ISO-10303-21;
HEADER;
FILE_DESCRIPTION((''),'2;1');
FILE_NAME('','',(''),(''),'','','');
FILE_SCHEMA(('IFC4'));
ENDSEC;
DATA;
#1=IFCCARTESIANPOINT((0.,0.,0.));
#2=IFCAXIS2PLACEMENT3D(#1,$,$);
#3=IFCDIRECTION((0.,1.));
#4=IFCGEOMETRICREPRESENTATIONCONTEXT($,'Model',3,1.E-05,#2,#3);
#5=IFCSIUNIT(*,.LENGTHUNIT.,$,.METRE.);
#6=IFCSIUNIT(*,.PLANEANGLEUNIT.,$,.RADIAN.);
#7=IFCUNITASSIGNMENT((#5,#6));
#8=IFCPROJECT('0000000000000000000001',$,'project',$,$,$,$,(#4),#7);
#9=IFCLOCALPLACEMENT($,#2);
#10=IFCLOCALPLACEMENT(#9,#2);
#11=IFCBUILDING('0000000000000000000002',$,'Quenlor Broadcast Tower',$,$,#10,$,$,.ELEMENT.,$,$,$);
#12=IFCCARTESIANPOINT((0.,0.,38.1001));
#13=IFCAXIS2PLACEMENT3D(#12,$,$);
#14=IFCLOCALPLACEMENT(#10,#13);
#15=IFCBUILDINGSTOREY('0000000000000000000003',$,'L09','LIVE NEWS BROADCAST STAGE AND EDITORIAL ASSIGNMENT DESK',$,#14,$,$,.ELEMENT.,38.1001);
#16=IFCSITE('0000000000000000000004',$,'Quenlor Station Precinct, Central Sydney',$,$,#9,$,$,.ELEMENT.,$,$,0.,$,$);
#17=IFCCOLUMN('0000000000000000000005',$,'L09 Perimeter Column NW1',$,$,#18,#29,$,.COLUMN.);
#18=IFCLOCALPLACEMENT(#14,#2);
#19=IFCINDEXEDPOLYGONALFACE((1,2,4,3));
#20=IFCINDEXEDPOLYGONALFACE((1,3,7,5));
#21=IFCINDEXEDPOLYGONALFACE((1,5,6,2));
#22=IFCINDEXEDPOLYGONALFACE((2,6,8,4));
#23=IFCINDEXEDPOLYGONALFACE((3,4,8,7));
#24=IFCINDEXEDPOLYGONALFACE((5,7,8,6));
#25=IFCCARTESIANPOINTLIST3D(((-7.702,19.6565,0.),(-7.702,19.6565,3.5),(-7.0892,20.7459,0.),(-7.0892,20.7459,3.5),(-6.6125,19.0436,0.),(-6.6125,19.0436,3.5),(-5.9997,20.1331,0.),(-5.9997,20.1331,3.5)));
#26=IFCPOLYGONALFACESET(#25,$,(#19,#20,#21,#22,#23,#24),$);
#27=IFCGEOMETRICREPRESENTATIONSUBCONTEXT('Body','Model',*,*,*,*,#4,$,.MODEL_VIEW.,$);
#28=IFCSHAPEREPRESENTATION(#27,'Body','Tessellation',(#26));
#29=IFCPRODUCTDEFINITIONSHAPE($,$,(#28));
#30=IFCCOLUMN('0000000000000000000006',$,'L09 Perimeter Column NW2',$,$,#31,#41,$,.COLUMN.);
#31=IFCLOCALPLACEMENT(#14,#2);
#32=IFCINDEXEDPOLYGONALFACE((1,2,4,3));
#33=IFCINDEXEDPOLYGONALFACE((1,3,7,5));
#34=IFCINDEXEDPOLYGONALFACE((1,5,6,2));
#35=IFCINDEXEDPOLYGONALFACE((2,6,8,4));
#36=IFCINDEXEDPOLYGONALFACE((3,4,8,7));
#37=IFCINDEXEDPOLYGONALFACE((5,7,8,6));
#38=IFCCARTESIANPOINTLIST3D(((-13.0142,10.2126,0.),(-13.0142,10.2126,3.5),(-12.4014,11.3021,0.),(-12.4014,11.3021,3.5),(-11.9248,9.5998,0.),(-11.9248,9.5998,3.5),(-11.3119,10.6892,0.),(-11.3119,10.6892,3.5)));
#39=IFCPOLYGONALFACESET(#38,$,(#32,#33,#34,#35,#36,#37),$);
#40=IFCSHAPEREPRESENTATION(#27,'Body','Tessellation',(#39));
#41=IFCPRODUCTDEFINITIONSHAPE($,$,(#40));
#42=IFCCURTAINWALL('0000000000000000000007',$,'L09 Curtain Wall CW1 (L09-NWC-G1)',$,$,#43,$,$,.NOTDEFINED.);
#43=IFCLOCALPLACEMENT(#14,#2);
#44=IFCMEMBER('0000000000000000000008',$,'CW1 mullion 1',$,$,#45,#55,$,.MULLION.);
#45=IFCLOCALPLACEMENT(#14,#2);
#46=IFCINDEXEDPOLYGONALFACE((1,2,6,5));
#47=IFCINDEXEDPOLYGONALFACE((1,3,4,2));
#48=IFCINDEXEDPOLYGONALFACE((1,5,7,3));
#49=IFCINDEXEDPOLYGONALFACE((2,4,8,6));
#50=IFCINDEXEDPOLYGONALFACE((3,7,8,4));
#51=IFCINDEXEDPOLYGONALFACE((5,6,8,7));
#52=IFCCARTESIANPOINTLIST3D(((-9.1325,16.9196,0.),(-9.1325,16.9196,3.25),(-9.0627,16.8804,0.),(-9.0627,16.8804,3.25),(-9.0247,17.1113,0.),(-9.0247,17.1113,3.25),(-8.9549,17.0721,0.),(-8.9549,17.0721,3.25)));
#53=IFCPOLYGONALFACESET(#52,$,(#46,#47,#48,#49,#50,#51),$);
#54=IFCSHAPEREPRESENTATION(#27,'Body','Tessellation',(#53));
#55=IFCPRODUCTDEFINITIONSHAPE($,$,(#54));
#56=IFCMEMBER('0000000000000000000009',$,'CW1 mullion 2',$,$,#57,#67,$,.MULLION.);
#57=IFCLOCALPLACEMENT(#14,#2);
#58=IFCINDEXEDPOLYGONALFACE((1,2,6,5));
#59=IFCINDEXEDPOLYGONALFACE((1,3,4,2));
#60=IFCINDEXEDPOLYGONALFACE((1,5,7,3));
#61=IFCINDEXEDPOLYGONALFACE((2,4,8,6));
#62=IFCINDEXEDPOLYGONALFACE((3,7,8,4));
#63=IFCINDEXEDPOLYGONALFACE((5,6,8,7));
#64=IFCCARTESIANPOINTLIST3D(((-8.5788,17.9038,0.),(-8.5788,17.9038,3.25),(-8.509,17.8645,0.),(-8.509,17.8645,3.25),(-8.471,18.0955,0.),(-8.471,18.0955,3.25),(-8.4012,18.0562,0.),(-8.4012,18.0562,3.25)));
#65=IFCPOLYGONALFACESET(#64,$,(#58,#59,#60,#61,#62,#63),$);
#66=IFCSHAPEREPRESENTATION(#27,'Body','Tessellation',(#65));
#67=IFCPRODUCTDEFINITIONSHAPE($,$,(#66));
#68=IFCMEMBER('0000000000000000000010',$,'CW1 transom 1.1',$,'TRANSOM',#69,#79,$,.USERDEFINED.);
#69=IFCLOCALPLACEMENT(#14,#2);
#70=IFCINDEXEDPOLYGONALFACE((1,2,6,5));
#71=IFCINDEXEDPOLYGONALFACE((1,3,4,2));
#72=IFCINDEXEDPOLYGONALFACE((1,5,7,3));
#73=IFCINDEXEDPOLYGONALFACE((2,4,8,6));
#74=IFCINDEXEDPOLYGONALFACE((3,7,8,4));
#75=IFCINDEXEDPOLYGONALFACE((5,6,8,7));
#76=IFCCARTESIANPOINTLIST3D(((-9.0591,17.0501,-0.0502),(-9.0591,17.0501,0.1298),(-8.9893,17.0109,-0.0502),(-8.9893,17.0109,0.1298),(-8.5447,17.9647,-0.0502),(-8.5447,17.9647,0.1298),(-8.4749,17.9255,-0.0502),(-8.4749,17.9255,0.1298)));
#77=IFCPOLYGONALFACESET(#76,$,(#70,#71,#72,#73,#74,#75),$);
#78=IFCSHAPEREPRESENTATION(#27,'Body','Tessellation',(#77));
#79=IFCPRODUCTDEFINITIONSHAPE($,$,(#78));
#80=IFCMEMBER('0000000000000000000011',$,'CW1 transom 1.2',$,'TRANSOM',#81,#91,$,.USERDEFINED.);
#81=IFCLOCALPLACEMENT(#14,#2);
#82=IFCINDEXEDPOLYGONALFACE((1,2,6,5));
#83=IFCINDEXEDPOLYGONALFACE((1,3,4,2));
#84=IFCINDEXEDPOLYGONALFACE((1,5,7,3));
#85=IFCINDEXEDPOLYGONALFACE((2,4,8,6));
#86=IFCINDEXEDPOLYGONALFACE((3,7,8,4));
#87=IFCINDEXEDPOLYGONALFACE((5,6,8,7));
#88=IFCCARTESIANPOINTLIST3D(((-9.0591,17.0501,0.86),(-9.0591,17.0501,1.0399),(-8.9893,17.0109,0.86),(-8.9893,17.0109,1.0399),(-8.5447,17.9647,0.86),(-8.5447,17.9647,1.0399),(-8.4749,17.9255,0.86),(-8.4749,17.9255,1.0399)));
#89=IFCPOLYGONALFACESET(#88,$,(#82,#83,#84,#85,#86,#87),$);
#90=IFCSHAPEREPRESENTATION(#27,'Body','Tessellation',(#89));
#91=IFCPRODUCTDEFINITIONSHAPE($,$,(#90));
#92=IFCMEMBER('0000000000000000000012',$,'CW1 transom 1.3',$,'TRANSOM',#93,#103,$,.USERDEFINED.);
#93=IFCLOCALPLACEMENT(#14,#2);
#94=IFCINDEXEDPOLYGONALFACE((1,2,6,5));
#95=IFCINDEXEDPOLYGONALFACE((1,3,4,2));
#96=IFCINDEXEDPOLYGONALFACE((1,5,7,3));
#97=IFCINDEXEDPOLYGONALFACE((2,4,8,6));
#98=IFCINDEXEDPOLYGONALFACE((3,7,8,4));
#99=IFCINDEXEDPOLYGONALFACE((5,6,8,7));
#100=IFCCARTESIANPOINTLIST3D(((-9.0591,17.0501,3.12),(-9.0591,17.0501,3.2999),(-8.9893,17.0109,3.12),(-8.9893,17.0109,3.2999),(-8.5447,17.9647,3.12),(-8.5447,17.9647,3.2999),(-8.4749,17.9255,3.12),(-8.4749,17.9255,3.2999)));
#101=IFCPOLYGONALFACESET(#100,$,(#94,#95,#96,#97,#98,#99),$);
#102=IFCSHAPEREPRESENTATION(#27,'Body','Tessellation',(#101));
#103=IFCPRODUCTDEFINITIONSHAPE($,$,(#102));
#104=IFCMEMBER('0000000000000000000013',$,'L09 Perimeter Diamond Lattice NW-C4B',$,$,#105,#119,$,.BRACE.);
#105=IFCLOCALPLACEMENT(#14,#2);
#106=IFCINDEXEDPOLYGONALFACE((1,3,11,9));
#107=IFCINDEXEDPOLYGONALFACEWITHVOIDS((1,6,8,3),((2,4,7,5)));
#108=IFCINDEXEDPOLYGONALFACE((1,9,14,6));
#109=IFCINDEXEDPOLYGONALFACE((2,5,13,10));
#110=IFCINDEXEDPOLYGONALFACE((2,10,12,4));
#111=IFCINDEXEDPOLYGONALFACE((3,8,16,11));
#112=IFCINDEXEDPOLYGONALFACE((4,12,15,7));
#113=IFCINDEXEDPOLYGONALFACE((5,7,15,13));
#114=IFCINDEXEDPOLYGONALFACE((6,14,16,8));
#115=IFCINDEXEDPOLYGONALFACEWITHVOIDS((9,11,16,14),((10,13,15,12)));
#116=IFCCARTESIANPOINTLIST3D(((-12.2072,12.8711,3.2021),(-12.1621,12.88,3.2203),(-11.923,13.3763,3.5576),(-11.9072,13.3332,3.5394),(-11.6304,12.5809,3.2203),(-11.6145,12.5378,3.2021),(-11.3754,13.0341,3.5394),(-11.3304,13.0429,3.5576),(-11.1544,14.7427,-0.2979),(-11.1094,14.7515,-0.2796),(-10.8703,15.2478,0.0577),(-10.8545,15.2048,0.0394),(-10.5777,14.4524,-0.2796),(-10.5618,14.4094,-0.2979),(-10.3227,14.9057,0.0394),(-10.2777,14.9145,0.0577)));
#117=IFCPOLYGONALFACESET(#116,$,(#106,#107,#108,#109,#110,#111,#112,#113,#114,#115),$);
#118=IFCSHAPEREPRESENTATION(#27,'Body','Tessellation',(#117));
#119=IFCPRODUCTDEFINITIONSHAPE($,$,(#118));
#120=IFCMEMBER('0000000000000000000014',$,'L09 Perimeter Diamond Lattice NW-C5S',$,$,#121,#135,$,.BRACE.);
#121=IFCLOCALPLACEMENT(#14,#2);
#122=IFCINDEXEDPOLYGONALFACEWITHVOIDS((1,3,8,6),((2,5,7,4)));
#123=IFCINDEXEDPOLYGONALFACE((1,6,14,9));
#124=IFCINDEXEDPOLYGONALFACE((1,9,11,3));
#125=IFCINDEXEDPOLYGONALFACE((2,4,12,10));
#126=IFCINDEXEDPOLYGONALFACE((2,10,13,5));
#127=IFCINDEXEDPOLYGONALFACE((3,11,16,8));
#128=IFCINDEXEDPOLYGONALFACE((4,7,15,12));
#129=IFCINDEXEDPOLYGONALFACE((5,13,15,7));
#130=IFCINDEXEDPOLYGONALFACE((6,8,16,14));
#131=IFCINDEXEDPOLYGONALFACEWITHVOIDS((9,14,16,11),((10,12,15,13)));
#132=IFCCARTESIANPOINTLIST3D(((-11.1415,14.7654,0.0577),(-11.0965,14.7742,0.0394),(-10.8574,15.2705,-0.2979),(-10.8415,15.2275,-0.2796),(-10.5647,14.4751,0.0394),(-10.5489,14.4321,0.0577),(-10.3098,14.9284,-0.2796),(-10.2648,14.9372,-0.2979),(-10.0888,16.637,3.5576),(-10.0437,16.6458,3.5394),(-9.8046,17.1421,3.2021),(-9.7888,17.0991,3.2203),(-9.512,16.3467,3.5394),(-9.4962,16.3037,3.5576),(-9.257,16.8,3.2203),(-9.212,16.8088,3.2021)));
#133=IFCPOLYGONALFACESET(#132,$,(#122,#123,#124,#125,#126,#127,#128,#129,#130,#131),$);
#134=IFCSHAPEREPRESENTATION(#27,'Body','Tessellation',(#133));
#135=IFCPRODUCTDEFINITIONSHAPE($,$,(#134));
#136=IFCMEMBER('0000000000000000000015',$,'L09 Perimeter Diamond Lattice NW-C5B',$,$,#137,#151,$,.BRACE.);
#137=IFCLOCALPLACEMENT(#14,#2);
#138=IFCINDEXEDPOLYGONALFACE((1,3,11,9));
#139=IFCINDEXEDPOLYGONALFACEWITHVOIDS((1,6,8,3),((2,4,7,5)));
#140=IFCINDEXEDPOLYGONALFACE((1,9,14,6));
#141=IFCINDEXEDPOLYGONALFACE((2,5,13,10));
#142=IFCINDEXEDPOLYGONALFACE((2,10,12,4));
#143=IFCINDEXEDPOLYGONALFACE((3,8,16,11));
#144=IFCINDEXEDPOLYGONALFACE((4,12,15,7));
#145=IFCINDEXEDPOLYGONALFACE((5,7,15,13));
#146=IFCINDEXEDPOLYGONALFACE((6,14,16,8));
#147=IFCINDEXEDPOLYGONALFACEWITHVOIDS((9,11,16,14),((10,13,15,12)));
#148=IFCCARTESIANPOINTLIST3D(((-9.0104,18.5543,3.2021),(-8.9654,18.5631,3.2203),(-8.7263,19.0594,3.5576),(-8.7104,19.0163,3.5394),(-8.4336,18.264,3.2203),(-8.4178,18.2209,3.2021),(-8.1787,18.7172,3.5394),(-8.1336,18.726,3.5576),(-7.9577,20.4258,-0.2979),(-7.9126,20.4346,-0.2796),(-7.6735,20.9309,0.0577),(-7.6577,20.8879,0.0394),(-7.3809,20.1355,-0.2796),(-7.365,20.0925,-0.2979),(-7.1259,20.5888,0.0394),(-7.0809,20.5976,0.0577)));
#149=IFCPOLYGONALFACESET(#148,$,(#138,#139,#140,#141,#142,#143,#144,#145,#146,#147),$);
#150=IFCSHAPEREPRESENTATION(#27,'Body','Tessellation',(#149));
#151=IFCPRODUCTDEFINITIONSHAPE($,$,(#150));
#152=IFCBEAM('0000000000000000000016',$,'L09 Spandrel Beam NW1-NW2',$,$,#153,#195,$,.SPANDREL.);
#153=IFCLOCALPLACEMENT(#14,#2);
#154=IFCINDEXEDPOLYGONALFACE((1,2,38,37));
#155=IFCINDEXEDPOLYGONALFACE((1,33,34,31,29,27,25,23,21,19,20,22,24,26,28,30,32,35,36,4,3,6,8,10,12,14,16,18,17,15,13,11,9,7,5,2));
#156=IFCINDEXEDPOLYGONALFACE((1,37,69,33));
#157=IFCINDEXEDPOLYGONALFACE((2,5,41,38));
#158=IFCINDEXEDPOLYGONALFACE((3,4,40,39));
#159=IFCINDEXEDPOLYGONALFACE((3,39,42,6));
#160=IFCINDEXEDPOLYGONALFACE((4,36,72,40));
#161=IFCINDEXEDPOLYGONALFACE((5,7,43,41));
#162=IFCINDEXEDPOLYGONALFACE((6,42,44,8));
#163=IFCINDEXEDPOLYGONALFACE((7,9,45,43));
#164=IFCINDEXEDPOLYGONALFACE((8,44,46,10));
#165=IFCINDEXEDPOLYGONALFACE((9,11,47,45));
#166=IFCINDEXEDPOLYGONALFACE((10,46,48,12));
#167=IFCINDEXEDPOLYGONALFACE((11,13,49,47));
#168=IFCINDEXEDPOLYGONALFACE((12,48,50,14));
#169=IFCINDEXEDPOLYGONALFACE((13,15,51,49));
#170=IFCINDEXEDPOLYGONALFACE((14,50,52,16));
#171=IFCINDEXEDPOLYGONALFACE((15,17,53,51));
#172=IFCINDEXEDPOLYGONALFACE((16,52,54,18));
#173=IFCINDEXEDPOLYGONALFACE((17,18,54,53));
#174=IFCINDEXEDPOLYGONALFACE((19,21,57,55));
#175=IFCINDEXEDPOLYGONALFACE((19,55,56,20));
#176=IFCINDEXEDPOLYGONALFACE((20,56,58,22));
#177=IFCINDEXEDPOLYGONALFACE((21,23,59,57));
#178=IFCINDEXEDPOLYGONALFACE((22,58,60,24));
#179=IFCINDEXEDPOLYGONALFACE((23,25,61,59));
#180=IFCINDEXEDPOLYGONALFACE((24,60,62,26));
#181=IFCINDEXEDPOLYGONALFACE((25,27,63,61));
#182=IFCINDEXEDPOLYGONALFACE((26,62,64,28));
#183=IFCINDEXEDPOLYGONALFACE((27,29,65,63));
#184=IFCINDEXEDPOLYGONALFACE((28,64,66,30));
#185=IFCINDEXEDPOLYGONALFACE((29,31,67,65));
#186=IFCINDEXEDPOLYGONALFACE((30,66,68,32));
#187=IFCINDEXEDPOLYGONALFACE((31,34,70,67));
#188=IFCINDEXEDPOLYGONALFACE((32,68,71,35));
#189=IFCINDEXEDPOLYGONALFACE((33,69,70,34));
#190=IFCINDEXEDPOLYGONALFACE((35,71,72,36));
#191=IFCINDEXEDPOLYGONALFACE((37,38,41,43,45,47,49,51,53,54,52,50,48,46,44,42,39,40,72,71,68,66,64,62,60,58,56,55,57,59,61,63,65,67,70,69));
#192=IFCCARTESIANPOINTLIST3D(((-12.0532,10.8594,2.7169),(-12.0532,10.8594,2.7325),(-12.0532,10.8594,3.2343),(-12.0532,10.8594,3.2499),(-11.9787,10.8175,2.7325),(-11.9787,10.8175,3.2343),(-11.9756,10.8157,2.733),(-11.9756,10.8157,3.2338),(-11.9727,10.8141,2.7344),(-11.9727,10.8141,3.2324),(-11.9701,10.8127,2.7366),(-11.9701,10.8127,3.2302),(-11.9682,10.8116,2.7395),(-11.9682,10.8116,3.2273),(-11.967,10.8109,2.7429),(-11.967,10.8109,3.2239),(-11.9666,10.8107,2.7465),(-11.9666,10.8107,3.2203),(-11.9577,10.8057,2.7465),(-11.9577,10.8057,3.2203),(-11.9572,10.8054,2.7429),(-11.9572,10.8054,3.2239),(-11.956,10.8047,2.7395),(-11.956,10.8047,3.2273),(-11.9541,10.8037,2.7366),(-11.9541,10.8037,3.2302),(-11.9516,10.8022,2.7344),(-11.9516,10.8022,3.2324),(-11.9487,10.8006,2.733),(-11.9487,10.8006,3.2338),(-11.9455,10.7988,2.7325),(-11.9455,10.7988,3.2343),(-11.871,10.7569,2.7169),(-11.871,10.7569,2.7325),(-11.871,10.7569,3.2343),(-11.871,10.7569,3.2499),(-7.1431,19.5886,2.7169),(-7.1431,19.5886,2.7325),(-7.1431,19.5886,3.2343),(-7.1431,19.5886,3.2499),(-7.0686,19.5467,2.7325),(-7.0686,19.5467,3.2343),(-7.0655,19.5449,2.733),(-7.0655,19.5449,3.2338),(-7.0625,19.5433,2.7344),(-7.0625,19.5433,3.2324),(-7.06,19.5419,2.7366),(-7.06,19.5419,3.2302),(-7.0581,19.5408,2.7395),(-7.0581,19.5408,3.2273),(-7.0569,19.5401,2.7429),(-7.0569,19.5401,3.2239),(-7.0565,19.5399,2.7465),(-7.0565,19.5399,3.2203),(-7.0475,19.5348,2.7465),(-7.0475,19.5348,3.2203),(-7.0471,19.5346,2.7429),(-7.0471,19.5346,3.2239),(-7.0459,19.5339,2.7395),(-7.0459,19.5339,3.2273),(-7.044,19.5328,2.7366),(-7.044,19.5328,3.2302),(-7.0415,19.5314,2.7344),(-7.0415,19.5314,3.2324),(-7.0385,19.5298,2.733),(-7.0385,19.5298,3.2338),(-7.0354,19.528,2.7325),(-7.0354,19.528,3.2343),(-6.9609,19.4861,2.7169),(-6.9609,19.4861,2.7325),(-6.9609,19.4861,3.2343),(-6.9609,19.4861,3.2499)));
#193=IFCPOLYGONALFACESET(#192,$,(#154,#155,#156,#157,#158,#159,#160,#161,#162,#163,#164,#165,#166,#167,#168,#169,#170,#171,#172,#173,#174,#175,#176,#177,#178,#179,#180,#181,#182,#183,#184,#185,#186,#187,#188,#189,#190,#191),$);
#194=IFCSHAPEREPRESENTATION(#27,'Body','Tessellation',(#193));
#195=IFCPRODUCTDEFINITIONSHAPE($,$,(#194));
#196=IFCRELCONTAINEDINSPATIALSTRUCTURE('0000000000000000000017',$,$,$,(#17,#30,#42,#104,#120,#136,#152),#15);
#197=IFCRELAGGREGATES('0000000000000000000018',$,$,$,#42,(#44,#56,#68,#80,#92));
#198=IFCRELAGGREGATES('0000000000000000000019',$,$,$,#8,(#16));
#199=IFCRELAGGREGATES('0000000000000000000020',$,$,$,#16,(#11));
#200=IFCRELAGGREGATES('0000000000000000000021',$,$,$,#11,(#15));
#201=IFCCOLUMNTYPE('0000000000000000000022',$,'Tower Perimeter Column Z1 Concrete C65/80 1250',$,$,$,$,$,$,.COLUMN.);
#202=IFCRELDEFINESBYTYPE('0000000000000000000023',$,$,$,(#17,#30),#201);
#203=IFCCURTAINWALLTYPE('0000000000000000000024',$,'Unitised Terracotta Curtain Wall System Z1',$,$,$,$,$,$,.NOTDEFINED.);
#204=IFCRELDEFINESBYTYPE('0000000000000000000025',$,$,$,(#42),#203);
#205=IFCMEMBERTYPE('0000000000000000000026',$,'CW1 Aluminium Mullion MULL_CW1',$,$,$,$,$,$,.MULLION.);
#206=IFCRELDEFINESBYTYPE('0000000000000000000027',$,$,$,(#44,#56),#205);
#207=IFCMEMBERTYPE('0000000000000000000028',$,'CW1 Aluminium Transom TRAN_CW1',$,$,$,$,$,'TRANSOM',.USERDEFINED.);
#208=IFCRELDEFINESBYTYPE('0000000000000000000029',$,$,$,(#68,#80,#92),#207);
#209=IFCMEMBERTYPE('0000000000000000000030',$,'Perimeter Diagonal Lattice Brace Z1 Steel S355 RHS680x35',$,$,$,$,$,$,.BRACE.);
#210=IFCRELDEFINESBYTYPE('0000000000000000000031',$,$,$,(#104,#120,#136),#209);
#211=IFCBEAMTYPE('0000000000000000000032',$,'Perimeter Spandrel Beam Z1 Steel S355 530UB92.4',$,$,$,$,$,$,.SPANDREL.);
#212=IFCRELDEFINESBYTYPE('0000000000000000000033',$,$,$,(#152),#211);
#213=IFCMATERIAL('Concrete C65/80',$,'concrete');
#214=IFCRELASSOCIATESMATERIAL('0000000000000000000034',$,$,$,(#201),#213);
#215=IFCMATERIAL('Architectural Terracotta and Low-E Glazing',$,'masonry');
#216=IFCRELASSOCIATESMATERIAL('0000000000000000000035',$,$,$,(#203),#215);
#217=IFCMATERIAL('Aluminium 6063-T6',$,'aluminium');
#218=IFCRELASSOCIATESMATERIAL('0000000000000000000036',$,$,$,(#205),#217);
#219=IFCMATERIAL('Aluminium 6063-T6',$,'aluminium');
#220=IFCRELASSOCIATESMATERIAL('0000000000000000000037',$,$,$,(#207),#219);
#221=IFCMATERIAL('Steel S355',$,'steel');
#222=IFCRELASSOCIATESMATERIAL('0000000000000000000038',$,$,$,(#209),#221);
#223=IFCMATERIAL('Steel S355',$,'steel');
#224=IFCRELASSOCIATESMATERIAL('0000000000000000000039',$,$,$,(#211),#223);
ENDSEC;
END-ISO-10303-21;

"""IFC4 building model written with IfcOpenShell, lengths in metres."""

from ifc_helpers import new_model, si_unit, direction, frame, origin, origin_2d, place, context, subcontext, project, spatial, rectangle, hollow_rectangle, i_section, extrude, material, material_profile, profile_set, type_object, element, aggregate, save


model = new_model("IFC4")

# Units and contexts
model_context = context("Model", 3, precision=1e-05, world=origin(), true_north=direction((0.0, 1.0)))
body_context = subcontext(model_context, "Body", "Model", "MODEL_VIEW")
ifc_project = project(units=[si_unit("LENGTHUNIT", "METRE"), si_unit("PLANEANGLEUNIT", "RADIAN")], contexts=[model_context])

# Site, building, storey
site_placement = place(None, origin())
site = spatial("IfcSite", under=ifc_project, at=site_placement, Name="Quenlor Station Precinct, Central Sydney", CompositionType="ELEMENT", RefElevation=0.0)
building_placement = place(site_placement, origin())
building = spatial("IfcBuilding", under=site, at=building_placement, Name="Quenlor Broadcast Tower", CompositionType="ELEMENT")
storey_placement = place(building_placement, frame((0.0, 0.0, 38.1001)))
storey = spatial("IfcBuildingStorey", under=building, at=storey_placement, Name="L09", Description="LIVE NEWS BROADCAST STAGE AND EDITORIAL ASSIGNMENT DESK", CompositionType="ELEMENT", Elevation=38.1001)

# Columns
ifc_material_1 = material(Name="Concrete C65/80", Category="concrete")
ifc_material_profile_1 = material_profile(ifc_material_1, rectangle(XDim=1.25, YDim=1.25, at=origin_2d()))
ifc_profile_set_1 = profile_set([ifc_material_profile_1], Name="Concrete C65/80 RC1250x1250")
column_type = type_object("IfcColumnType", Name="Tower Perimeter Column Z1 Concrete C65/80 1250", PredefinedType="COLUMN", material=ifc_profile_set_1)
for number, where, z_axis, x_axis, name in (
    (1, (-6.8508, 19.8948, 0.0), (0.0, 0.0, 1.0), (-0.871575, 0.490262, 0.0), "L09 Perimeter Column NW1"),
    (2, (-12.1631, 10.4509, 0.0), (0.0, 0.0, 1.0), (-0.871575, 0.490262, 0.0), "L09 Perimeter Column NW2"),
):
    element("IfcColumn", number, at=place(storey_placement, frame(where, z_axis=z_axis, x_axis=x_axis)), inside=storey, type_object=column_type, Name=name, PredefinedType="COLUMN", context=body_context, shape_type="SweptSolid", body=[
        extrude(rectangle(XDim=1.25, YDim=1.25, at=origin_2d()), origin(), (0.0, 0.0, 1.0), 3.5),
    ])

# Curtain wall, members
ifc_material_2 = material(Name="Architectural Terracotta and Low-E Glazing", Category="masonry")
curtain_wall_type = type_object("IfcCurtainWallType", Name="Unitised Terracotta Curtain Wall System Z1", PredefinedType="NOTDEFINED", material=ifc_material_2)
curtain_wall_placement = place(storey_placement, origin())
curtain_wall = element("IfcCurtainWall", 3, at=curtain_wall_placement, inside=storey, type_object=curtain_wall_type, Name="L09 Curtain Wall CW1 (L09-NWC-G1)", PredefinedType="NOTDEFINED")
ifc_material_3 = material(Name="Aluminium 6063-T6", Category="aluminium")
ifc_material_profile_2 = material_profile(ifc_material_3, rectangle(XDim=0.0801, YDim=0.22, at=origin_2d()))
ifc_profile_set_2 = profile_set([ifc_material_profile_2], Name="Aluminium 6063-T6 MULL80x220")
member_type_1 = type_object("IfcMemberType", Name="CW1 Aluminium Mullion MULL_CW1", PredefinedType="MULLION", material=ifc_profile_set_2)
member_1_placement = place(storey_placement, frame((-9.0437, 16.9958, 0.0), z_axis=(0.0, 0.0, 1.0), x_axis=(-0.871567, 0.490277, 0.0)))
member_1 = element("IfcMember", 4, at=member_1_placement, type_object=member_type_1, Name="CW1 mullion 1", PredefinedType="MULLION", context=body_context, shape_type="SweptSolid", body=[
    extrude(rectangle(XDim=0.0801, YDim=0.22, at=origin_2d()), origin(), (0.0, 0.0, 1.0), 3.25),
])
member_2_placement = place(storey_placement, frame((-8.49, 17.98, 0.0), z_axis=(0.0, 0.0, 1.0), x_axis=(-0.871567, 0.490277, 0.0)))
member_2 = element("IfcMember", 5, at=member_2_placement, type_object=member_type_1, Name="CW1 mullion 2", PredefinedType="MULLION", context=body_context, shape_type="SweptSolid", body=[
    extrude(rectangle(XDim=0.0801, YDim=0.22, at=origin_2d()), origin(), (0.0, 0.0, 1.0), 3.25),
])
ifc_material_4 = material(Name="Aluminium 6063-T6", Category="aluminium")
ifc_material_profile_3 = material_profile(ifc_material_4, rectangle(XDim=0.0801, YDim=0.1799, at=origin_2d()))
ifc_profile_set_3 = profile_set([ifc_material_profile_3], Name="Aluminium 6063-T6 TRAN80x180")
member_type_2 = type_object("IfcMemberType", Name="CW1 Aluminium Transom TRAN_CW1", ElementType="TRANSOM", PredefinedType="USERDEFINED", material=ifc_profile_set_3)
member_3_placement = place(storey_placement, frame((-9.0242, 17.0305, 0.0398), z_axis=(0.490239, 0.871588, 0.0), x_axis=(-0.871588, 0.490239, 0.0)))
member_3 = element("IfcMember", 6, at=member_3_placement, type_object=member_type_2, Name="CW1 transom 1.1", ObjectType="TRANSOM", PredefinedType="USERDEFINED", context=body_context, shape_type="SweptSolid", body=[
    extrude(rectangle(XDim=0.0801, YDim=0.1799, at=origin_2d()), origin(), (0.0, 0.0, 1.0), 1.0493),
])
member_4_placement = place(storey_placement, frame((-9.0242, 17.0305, 0.95), z_axis=(0.490239, 0.871588, 0.0), x_axis=(-0.871588, 0.490239, 0.0)))
member_4 = element("IfcMember", 7, at=member_4_placement, type_object=member_type_2, Name="CW1 transom 1.2", ObjectType="TRANSOM", PredefinedType="USERDEFINED", context=body_context, shape_type="SweptSolid", body=[
    extrude(rectangle(XDim=0.0801, YDim=0.1799, at=origin_2d()), origin(), (0.0, 0.0, 1.0), 1.0493),
])
member_5_placement = place(storey_placement, frame((-9.0242, 17.0305, 3.21), z_axis=(0.490239, 0.871588, 0.0), x_axis=(-0.871588, 0.490239, 0.0)))
member_5 = element("IfcMember", 8, at=member_5_placement, type_object=member_type_2, Name="CW1 transom 1.3", ObjectType="TRANSOM", PredefinedType="USERDEFINED", context=body_context, shape_type="SweptSolid", body=[
    extrude(rectangle(XDim=0.0801, YDim=0.1799, at=origin_2d()), origin(), (0.0, 0.0, 1.0), 1.0493),
])

# Members
ifc_material_5 = material(Name="Steel S355", Category="steel")
ifc_material_profile_4 = material_profile(ifc_material_5, hollow_rectangle(XDim=0.6799, YDim=0.6799, WallThickness=0.0349, at=origin_2d()))
ifc_profile_set_4 = profile_set([ifc_material_profile_4], Name="Steel S355 RHS680x680x35")
member_type_3 = type_object("IfcMemberType", Name="Perimeter Diagonal Lattice Brace Z1 Steel S355 RHS680x35", PredefinedType="BRACE", material=ifc_profile_set_4)
for number, where, z_axis, x_axis, name in (
    (9, (-10.7161, 14.8286, -0.1201), (-0.256375, -0.455792, 0.852365), (0.871582, -0.49025, 0.0), "L09 Perimeter Diamond Lattice NW-C4B"),
    (10, (-10.7031, 14.8513, -0.1201), (0.256375, 0.455792, 0.852365), (-0.871582, 0.49025, 0.0), "L09 Perimeter Diamond Lattice NW-C5S"),
    (11, (-7.5193, 20.5117, -0.1201), (-0.256375, -0.455792, 0.852365), (0.871582, -0.49025, 0.0), "L09 Perimeter Diamond Lattice NW-C5B"),
):
    element("IfcMember", number, at=place(storey_placement, frame(where, z_axis=z_axis, x_axis=x_axis)), inside=storey, type_object=member_type_3, Name=name, PredefinedType="BRACE", context=body_context, shape_type="SweptSolid", body=[
        extrude(hollow_rectangle(XDim=0.6799, YDim=0.6799, WallThickness=0.0349, at=origin_2d()), origin(), (0.0, 0.0, 1.0), 4.1062),
    ])

# Beam
ifc_material_6 = material(Name="Steel S355", Category="steel")
ifc_material_profile_5 = material_profile(ifc_material_6, i_section(OverallWidth=0.209, OverallDepth=0.533, WebThickness=0.0103, FlangeThickness=0.0156, FilletRadius=0.0139, at=origin_2d()))
ifc_profile_set_5 = profile_set([ifc_material_profile_5], Name="Steel S355 530UB92.4")
beam_type_1 = type_object("IfcBeamType", Name="Perimeter Spandrel Beam Z1 Steel S355 530UB92.4", PredefinedType="SPANDREL", material=ifc_profile_set_5)
beam_1_placement = place(storey_placement, frame((-7.052, 19.5374, 2.9834), z_axis=(-0.490258, -0.871577, 0.0), x_axis=(0.871577, -0.490258, 0.0)))
element("IfcBeam", 12, at=beam_1_placement, inside=storey, type_object=beam_type_1, Name="L09 Spandrel Beam NW1-NW2", PredefinedType="SPANDREL", context=body_context, shape_type="SweptSolid", body=[
    extrude(i_section(OverallWidth=0.209, OverallDepth=0.533, WebThickness=0.0103, FlangeThickness=0.0156, FilletRadius=0.0139, at=origin_2d()), origin(), (0.0, 0.0, 1.0), 10.0154),
])

aggregate(curtain_wall, [member_1, member_2, member_3, member_4, member_5])

save(model, "model.ifc")
